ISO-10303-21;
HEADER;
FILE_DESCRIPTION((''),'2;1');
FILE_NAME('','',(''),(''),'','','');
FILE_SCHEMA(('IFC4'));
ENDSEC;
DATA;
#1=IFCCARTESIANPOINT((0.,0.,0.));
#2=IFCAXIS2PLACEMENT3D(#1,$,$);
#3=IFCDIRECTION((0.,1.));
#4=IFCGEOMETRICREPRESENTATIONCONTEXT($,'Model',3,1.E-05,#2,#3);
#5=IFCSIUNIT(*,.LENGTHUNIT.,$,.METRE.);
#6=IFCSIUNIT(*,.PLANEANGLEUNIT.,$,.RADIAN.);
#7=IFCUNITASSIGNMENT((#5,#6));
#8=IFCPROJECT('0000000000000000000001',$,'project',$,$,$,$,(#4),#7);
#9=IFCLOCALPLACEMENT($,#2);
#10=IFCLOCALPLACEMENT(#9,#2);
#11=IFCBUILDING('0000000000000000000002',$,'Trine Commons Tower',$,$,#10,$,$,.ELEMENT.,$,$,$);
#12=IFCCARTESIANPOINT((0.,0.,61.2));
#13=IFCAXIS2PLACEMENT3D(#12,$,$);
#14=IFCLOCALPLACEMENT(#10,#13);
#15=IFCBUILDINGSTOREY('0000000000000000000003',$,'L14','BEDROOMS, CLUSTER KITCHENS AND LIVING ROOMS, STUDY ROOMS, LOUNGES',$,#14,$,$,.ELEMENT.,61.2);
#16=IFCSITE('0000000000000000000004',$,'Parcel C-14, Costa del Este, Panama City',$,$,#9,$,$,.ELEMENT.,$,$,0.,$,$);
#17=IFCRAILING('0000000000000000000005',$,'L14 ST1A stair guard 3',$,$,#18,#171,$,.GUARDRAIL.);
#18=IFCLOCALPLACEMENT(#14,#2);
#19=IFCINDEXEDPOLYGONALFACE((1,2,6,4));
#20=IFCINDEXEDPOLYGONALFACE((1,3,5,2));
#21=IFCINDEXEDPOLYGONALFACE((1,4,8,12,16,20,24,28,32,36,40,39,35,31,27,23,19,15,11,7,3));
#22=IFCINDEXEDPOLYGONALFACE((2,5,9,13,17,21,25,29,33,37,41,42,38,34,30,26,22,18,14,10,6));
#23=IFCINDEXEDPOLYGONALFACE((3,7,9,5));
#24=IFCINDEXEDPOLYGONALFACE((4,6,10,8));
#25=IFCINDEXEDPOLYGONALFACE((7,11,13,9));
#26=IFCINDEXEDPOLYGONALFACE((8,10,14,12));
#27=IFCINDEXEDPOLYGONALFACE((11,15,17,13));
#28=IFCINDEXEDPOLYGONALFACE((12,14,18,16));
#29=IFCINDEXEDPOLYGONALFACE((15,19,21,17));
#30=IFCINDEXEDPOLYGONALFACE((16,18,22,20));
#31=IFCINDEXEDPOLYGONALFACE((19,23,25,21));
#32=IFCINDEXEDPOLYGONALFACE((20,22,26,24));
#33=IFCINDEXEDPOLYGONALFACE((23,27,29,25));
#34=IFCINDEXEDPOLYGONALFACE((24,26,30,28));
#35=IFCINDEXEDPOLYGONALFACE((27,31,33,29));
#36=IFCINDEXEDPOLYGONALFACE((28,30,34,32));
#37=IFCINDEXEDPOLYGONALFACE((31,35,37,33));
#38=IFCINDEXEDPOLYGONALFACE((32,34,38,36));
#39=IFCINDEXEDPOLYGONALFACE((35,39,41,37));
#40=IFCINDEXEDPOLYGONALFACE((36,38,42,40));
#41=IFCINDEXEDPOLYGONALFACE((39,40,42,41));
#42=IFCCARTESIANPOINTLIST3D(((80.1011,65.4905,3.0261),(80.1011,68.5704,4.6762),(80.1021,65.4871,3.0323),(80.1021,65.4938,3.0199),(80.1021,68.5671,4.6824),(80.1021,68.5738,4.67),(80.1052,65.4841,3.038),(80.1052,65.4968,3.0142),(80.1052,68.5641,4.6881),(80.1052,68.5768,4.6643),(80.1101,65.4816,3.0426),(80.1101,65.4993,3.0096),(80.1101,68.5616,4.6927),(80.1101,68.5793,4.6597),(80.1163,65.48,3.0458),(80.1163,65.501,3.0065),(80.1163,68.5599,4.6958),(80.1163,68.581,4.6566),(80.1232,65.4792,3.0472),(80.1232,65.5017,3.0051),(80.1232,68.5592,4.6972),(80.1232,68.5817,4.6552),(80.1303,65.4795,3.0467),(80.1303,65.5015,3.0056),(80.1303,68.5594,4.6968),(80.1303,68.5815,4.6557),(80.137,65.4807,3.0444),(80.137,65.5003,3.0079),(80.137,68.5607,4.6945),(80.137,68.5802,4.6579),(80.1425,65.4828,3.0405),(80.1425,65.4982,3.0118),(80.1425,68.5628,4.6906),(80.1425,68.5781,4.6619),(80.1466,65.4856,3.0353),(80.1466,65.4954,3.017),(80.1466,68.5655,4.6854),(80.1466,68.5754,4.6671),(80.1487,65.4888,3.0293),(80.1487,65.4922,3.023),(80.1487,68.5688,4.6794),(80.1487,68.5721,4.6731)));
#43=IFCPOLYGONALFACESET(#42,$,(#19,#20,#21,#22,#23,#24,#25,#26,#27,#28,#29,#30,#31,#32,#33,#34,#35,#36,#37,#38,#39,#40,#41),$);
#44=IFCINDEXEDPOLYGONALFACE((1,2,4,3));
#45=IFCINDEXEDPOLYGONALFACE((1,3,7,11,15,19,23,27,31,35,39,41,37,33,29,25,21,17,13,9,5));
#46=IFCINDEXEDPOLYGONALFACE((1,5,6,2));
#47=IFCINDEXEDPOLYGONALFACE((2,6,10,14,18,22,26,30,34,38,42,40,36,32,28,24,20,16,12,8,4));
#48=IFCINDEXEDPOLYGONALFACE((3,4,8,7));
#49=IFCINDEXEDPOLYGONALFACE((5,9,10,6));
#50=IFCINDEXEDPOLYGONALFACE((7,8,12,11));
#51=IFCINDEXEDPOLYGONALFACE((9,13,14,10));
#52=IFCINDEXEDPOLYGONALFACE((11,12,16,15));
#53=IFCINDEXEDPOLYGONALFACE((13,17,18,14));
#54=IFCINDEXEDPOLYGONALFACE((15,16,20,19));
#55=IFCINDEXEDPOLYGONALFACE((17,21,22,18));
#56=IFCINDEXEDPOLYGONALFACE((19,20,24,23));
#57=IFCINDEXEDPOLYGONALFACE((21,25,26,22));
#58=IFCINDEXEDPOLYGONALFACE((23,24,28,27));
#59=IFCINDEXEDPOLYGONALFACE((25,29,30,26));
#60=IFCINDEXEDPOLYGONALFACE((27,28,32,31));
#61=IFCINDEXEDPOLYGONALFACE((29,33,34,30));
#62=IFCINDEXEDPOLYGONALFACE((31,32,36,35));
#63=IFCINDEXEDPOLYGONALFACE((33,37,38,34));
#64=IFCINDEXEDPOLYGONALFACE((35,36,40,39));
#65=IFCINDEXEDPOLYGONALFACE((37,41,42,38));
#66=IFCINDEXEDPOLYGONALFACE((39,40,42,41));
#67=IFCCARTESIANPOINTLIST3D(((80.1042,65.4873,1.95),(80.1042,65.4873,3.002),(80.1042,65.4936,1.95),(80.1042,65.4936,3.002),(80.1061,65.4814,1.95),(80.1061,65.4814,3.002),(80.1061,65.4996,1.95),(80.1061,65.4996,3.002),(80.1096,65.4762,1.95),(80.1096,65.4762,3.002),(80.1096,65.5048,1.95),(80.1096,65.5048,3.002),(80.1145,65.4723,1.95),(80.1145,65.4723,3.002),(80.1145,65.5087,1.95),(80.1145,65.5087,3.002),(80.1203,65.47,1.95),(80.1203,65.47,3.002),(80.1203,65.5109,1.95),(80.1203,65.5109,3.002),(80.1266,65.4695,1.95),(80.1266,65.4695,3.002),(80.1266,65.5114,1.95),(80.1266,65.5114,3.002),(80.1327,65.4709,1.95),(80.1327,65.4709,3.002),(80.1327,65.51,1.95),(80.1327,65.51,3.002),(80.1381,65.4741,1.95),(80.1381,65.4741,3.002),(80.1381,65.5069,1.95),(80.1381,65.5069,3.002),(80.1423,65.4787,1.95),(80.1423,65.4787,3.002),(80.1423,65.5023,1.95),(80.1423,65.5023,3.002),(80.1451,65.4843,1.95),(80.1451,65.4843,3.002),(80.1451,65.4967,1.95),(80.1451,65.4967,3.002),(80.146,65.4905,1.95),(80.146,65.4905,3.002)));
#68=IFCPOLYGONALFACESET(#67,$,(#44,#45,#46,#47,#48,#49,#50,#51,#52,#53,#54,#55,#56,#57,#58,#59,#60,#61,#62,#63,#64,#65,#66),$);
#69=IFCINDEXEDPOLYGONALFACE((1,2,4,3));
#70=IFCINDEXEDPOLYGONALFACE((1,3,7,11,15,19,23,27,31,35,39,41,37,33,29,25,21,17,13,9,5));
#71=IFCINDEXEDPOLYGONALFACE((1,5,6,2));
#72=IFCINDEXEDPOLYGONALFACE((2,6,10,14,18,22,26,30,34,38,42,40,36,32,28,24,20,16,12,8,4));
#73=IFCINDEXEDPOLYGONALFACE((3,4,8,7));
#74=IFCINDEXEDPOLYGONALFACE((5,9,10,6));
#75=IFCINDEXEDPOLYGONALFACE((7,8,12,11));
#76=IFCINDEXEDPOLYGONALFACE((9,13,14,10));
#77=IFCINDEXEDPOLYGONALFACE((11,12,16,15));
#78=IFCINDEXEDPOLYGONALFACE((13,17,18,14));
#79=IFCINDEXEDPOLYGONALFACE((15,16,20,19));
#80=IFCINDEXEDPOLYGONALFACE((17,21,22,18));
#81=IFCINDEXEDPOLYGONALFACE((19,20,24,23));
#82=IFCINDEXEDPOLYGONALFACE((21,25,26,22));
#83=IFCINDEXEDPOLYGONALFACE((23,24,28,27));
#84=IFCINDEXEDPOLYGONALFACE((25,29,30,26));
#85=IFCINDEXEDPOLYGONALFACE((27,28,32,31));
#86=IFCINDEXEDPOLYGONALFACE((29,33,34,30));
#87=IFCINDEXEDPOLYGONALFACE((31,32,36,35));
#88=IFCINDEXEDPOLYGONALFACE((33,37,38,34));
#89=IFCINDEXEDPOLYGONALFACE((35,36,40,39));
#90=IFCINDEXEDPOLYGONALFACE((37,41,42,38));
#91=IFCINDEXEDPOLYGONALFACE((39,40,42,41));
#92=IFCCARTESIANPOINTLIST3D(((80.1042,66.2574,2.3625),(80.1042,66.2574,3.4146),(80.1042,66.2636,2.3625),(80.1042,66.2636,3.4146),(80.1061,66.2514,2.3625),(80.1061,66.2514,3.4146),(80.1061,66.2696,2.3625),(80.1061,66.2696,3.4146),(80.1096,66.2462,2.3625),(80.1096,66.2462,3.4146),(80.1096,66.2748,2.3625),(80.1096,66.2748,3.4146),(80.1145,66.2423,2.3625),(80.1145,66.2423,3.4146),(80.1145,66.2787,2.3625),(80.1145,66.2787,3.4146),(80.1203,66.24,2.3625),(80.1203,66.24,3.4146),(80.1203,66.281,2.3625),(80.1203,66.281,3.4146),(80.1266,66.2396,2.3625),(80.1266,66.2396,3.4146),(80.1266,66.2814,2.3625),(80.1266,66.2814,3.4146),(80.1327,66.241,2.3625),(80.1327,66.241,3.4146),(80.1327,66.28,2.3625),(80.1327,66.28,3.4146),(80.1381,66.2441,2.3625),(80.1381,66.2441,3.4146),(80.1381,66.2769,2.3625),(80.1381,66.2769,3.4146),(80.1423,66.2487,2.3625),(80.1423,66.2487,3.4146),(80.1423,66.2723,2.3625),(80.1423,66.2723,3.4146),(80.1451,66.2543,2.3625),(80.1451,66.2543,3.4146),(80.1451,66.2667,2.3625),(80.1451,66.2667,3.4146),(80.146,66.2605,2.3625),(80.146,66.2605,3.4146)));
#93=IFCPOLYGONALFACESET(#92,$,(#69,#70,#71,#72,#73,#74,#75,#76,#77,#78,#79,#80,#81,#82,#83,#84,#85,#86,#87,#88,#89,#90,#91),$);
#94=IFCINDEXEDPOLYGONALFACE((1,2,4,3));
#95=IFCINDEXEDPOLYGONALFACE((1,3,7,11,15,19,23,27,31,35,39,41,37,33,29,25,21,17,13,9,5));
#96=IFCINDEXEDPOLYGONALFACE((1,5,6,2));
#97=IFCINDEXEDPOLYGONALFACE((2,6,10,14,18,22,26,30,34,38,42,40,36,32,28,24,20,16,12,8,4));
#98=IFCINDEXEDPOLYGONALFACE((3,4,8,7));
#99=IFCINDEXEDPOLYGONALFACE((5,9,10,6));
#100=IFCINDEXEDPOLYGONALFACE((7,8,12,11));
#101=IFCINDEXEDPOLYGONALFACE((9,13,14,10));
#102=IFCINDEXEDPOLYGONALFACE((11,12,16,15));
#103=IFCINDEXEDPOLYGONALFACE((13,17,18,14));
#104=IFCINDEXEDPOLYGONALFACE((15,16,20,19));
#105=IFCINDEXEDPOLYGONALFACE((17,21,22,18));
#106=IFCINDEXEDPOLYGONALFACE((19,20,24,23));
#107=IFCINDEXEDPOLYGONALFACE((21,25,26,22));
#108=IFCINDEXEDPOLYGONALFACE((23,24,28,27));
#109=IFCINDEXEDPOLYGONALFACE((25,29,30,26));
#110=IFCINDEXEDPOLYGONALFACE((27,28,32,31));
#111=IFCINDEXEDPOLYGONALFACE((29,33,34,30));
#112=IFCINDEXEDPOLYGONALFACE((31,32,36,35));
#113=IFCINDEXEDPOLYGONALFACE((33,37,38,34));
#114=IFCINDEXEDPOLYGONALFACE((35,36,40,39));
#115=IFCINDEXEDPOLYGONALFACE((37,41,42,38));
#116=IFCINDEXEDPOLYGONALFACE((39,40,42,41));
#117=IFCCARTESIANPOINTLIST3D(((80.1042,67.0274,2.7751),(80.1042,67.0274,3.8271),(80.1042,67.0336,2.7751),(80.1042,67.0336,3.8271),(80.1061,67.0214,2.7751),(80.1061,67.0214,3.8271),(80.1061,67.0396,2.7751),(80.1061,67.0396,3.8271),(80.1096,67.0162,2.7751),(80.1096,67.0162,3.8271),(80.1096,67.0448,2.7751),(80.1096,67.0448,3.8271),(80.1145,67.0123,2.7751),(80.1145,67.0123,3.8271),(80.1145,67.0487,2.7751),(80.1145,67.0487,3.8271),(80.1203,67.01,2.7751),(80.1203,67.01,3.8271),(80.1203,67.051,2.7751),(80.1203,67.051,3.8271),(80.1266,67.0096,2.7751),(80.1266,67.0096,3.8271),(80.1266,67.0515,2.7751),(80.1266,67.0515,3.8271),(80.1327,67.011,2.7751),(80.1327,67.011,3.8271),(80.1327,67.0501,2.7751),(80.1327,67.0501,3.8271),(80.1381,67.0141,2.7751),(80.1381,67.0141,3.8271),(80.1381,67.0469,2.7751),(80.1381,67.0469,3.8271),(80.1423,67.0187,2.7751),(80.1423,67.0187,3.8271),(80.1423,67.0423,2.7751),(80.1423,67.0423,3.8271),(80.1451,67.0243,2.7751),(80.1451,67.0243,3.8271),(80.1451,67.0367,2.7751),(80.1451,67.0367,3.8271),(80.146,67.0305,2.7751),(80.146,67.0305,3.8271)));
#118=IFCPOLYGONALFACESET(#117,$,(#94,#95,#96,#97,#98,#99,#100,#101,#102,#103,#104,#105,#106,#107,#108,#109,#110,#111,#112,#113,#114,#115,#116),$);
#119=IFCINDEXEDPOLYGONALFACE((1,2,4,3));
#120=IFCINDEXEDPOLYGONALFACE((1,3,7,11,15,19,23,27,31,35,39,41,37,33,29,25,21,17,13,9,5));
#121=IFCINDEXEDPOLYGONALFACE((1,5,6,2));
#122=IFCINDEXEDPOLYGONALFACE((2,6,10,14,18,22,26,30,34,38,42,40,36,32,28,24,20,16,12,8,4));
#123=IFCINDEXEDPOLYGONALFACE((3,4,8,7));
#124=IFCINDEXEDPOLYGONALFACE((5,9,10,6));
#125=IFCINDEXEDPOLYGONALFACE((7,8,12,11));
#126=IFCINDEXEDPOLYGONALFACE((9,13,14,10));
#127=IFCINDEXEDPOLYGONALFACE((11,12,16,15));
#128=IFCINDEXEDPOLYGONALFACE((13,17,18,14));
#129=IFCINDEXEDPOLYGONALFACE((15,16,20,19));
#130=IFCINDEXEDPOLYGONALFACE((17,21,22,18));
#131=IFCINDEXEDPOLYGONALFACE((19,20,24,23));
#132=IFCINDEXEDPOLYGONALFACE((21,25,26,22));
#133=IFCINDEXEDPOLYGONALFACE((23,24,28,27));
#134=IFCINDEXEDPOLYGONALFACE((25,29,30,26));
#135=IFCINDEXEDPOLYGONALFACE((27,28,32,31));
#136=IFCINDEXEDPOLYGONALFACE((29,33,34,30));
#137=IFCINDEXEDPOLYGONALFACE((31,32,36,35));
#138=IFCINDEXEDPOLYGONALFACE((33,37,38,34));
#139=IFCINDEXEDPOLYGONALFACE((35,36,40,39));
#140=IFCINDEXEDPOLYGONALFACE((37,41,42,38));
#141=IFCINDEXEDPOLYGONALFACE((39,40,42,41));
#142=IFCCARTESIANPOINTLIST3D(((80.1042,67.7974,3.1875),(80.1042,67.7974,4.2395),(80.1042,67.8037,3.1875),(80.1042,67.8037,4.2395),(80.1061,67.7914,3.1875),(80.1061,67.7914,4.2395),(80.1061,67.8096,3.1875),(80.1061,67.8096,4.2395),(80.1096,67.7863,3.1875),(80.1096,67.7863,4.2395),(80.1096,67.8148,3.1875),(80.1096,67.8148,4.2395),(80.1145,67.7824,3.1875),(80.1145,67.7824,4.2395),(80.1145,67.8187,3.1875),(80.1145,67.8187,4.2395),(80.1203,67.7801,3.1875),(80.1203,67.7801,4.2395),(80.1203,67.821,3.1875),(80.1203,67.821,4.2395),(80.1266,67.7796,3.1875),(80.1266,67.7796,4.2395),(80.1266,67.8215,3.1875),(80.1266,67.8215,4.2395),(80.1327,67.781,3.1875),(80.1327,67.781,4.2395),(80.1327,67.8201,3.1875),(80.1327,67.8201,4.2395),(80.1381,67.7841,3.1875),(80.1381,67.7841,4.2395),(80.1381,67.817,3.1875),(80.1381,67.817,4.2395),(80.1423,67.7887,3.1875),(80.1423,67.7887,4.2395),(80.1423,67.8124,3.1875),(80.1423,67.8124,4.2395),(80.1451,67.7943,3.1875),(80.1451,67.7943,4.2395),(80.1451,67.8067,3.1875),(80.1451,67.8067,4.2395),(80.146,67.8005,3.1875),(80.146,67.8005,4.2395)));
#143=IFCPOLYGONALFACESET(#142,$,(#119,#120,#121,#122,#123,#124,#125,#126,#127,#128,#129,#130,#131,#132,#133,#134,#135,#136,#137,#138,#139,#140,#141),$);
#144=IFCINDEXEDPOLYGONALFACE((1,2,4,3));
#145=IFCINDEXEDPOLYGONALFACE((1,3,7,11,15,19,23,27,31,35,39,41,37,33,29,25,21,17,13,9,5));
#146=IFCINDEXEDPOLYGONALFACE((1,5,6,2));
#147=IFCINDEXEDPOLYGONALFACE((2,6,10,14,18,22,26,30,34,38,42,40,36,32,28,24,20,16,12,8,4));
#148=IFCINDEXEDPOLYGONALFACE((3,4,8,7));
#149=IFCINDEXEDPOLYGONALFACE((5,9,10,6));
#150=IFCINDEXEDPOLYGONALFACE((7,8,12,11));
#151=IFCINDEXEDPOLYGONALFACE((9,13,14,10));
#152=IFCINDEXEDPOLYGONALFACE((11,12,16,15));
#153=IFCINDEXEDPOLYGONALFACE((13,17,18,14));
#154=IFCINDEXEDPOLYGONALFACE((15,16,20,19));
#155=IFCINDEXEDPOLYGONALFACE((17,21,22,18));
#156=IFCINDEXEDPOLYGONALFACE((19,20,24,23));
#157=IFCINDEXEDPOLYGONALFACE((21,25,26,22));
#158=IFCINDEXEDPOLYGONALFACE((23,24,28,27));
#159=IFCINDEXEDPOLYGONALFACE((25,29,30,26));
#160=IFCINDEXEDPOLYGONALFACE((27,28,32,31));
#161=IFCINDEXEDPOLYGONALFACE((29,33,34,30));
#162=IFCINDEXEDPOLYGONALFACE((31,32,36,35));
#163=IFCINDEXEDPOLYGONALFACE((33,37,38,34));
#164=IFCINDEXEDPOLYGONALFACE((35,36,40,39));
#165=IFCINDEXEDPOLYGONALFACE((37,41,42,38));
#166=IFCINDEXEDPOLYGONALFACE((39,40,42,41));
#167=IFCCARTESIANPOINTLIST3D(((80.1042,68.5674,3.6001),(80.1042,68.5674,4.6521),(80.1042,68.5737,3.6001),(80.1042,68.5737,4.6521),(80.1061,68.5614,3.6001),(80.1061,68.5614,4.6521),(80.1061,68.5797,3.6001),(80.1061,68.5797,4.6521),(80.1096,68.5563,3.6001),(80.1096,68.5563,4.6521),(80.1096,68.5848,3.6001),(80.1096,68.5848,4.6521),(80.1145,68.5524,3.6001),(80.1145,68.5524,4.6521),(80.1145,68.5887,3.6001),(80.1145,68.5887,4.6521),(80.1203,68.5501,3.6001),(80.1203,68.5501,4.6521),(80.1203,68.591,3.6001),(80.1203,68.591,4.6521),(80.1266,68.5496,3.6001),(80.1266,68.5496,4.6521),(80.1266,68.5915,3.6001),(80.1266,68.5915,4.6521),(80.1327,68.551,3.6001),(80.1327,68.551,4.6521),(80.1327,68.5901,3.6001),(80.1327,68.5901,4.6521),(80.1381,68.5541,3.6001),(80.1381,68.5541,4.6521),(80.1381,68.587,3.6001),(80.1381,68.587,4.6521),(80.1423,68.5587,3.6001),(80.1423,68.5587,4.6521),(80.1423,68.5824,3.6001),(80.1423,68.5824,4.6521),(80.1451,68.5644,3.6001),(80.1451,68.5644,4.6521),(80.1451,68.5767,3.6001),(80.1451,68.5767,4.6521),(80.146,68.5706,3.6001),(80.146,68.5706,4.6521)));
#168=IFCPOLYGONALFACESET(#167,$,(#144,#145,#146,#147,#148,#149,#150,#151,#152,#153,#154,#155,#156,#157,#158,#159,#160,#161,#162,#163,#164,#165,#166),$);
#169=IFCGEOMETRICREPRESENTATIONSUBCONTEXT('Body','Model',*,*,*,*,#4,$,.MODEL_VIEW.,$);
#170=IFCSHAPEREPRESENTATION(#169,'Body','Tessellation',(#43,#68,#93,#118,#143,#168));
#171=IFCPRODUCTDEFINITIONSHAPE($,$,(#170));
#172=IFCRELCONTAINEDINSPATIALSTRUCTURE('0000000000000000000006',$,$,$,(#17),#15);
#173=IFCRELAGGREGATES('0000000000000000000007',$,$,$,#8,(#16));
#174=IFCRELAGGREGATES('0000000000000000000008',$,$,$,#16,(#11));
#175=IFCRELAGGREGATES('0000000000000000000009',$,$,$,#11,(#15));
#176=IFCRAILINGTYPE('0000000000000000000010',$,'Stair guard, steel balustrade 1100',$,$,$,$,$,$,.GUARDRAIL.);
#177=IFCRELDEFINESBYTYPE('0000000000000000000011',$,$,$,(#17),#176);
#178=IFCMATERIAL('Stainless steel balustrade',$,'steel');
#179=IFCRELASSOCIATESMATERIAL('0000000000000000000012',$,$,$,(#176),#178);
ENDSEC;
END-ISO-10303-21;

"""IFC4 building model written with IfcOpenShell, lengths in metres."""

from ifc_helpers import new_model, si_unit, direction, frame, origin, origin_2d, place, context, subcontext, project, spatial, circle, extrude, material, type_object, element, save


model = new_model("IFC4")

# Units and contexts
model_context = context("Model", 3, precision=1e-05, world=origin(), true_north=direction((0.0, 1.0)))
body_context = subcontext(model_context, "Body", "Model", "MODEL_VIEW")
ifc_project = project(units=[si_unit("LENGTHUNIT", "METRE"), si_unit("PLANEANGLEUNIT", "RADIAN")], contexts=[model_context])

# Site, building, storey
site_placement = place(None, origin())
site = spatial("IfcSite", under=ifc_project, at=site_placement, Name="Parcel C-14, Costa del Este, Panama City", CompositionType="ELEMENT", RefElevation=0.0)
building_placement = place(site_placement, origin())
building = spatial("IfcBuilding", under=site, at=building_placement, Name="Trine Commons Tower", CompositionType="ELEMENT")
storey_placement = place(building_placement, frame((0.0, 0.0, 61.2)))
storey = spatial("IfcBuildingStorey", under=building, at=storey_placement, Name="L14", Description="BEDROOMS, CLUSTER KITCHENS AND LIVING ROOMS, STUDY ROOMS, LOUNGES", CompositionType="ELEMENT", Elevation=61.2)

# Railing
ifc_material_1 = material(Name="Stainless steel balustrade", Category="steel")
railing_type_1 = type_object("IfcRailingType", Name="Stair guard, steel balustrade 1100", PredefinedType="GUARDRAIL", material=ifc_material_1)
railing_1_placement = place(storey_placement, frame((80.125, 65.4905, 1.95)))
element("IfcRailing", 1, at=railing_1_placement, inside=storey, type_object=railing_type_1, Name="L14 ST1A stair guard 3", PredefinedType="GUARDRAIL", context=body_context, shape_type="SweptSolid", body=[
    extrude(circle(Radius=0.0239, at=origin_2d()), frame((0.0, 0.0, 1.0762), z_axis=(0.0, 0.881468, 0.472245), x_axis=(-1.0, 0.0, 0.0)), (0.0, 0.0, 1.0), 3.4941),
    extrude(circle(Radius=0.021, at=origin_2d()), origin(), (0.0, 0.0, 1.0), 1.052),
    extrude(circle(Radius=0.021, at=origin_2d()), frame((0.0, 0.77, 0.4126)), (0.0, 0.0, 1.0), 1.052),
    extrude(circle(Radius=0.021, at=origin_2d()), frame((0.0, 1.54, 0.8252)), (0.0, 0.0, 1.0), 1.052),
    extrude(circle(Radius=0.021, at=origin_2d()), frame((0.0, 2.3101, 1.2375)), (0.0, 0.0, 1.0), 1.052),
    extrude(circle(Radius=0.021, at=origin_2d()), frame((0.0, 3.0801, 1.6501)), (0.0, 0.0, 1.0), 1.052),
])

save(model, "model.ifc")
